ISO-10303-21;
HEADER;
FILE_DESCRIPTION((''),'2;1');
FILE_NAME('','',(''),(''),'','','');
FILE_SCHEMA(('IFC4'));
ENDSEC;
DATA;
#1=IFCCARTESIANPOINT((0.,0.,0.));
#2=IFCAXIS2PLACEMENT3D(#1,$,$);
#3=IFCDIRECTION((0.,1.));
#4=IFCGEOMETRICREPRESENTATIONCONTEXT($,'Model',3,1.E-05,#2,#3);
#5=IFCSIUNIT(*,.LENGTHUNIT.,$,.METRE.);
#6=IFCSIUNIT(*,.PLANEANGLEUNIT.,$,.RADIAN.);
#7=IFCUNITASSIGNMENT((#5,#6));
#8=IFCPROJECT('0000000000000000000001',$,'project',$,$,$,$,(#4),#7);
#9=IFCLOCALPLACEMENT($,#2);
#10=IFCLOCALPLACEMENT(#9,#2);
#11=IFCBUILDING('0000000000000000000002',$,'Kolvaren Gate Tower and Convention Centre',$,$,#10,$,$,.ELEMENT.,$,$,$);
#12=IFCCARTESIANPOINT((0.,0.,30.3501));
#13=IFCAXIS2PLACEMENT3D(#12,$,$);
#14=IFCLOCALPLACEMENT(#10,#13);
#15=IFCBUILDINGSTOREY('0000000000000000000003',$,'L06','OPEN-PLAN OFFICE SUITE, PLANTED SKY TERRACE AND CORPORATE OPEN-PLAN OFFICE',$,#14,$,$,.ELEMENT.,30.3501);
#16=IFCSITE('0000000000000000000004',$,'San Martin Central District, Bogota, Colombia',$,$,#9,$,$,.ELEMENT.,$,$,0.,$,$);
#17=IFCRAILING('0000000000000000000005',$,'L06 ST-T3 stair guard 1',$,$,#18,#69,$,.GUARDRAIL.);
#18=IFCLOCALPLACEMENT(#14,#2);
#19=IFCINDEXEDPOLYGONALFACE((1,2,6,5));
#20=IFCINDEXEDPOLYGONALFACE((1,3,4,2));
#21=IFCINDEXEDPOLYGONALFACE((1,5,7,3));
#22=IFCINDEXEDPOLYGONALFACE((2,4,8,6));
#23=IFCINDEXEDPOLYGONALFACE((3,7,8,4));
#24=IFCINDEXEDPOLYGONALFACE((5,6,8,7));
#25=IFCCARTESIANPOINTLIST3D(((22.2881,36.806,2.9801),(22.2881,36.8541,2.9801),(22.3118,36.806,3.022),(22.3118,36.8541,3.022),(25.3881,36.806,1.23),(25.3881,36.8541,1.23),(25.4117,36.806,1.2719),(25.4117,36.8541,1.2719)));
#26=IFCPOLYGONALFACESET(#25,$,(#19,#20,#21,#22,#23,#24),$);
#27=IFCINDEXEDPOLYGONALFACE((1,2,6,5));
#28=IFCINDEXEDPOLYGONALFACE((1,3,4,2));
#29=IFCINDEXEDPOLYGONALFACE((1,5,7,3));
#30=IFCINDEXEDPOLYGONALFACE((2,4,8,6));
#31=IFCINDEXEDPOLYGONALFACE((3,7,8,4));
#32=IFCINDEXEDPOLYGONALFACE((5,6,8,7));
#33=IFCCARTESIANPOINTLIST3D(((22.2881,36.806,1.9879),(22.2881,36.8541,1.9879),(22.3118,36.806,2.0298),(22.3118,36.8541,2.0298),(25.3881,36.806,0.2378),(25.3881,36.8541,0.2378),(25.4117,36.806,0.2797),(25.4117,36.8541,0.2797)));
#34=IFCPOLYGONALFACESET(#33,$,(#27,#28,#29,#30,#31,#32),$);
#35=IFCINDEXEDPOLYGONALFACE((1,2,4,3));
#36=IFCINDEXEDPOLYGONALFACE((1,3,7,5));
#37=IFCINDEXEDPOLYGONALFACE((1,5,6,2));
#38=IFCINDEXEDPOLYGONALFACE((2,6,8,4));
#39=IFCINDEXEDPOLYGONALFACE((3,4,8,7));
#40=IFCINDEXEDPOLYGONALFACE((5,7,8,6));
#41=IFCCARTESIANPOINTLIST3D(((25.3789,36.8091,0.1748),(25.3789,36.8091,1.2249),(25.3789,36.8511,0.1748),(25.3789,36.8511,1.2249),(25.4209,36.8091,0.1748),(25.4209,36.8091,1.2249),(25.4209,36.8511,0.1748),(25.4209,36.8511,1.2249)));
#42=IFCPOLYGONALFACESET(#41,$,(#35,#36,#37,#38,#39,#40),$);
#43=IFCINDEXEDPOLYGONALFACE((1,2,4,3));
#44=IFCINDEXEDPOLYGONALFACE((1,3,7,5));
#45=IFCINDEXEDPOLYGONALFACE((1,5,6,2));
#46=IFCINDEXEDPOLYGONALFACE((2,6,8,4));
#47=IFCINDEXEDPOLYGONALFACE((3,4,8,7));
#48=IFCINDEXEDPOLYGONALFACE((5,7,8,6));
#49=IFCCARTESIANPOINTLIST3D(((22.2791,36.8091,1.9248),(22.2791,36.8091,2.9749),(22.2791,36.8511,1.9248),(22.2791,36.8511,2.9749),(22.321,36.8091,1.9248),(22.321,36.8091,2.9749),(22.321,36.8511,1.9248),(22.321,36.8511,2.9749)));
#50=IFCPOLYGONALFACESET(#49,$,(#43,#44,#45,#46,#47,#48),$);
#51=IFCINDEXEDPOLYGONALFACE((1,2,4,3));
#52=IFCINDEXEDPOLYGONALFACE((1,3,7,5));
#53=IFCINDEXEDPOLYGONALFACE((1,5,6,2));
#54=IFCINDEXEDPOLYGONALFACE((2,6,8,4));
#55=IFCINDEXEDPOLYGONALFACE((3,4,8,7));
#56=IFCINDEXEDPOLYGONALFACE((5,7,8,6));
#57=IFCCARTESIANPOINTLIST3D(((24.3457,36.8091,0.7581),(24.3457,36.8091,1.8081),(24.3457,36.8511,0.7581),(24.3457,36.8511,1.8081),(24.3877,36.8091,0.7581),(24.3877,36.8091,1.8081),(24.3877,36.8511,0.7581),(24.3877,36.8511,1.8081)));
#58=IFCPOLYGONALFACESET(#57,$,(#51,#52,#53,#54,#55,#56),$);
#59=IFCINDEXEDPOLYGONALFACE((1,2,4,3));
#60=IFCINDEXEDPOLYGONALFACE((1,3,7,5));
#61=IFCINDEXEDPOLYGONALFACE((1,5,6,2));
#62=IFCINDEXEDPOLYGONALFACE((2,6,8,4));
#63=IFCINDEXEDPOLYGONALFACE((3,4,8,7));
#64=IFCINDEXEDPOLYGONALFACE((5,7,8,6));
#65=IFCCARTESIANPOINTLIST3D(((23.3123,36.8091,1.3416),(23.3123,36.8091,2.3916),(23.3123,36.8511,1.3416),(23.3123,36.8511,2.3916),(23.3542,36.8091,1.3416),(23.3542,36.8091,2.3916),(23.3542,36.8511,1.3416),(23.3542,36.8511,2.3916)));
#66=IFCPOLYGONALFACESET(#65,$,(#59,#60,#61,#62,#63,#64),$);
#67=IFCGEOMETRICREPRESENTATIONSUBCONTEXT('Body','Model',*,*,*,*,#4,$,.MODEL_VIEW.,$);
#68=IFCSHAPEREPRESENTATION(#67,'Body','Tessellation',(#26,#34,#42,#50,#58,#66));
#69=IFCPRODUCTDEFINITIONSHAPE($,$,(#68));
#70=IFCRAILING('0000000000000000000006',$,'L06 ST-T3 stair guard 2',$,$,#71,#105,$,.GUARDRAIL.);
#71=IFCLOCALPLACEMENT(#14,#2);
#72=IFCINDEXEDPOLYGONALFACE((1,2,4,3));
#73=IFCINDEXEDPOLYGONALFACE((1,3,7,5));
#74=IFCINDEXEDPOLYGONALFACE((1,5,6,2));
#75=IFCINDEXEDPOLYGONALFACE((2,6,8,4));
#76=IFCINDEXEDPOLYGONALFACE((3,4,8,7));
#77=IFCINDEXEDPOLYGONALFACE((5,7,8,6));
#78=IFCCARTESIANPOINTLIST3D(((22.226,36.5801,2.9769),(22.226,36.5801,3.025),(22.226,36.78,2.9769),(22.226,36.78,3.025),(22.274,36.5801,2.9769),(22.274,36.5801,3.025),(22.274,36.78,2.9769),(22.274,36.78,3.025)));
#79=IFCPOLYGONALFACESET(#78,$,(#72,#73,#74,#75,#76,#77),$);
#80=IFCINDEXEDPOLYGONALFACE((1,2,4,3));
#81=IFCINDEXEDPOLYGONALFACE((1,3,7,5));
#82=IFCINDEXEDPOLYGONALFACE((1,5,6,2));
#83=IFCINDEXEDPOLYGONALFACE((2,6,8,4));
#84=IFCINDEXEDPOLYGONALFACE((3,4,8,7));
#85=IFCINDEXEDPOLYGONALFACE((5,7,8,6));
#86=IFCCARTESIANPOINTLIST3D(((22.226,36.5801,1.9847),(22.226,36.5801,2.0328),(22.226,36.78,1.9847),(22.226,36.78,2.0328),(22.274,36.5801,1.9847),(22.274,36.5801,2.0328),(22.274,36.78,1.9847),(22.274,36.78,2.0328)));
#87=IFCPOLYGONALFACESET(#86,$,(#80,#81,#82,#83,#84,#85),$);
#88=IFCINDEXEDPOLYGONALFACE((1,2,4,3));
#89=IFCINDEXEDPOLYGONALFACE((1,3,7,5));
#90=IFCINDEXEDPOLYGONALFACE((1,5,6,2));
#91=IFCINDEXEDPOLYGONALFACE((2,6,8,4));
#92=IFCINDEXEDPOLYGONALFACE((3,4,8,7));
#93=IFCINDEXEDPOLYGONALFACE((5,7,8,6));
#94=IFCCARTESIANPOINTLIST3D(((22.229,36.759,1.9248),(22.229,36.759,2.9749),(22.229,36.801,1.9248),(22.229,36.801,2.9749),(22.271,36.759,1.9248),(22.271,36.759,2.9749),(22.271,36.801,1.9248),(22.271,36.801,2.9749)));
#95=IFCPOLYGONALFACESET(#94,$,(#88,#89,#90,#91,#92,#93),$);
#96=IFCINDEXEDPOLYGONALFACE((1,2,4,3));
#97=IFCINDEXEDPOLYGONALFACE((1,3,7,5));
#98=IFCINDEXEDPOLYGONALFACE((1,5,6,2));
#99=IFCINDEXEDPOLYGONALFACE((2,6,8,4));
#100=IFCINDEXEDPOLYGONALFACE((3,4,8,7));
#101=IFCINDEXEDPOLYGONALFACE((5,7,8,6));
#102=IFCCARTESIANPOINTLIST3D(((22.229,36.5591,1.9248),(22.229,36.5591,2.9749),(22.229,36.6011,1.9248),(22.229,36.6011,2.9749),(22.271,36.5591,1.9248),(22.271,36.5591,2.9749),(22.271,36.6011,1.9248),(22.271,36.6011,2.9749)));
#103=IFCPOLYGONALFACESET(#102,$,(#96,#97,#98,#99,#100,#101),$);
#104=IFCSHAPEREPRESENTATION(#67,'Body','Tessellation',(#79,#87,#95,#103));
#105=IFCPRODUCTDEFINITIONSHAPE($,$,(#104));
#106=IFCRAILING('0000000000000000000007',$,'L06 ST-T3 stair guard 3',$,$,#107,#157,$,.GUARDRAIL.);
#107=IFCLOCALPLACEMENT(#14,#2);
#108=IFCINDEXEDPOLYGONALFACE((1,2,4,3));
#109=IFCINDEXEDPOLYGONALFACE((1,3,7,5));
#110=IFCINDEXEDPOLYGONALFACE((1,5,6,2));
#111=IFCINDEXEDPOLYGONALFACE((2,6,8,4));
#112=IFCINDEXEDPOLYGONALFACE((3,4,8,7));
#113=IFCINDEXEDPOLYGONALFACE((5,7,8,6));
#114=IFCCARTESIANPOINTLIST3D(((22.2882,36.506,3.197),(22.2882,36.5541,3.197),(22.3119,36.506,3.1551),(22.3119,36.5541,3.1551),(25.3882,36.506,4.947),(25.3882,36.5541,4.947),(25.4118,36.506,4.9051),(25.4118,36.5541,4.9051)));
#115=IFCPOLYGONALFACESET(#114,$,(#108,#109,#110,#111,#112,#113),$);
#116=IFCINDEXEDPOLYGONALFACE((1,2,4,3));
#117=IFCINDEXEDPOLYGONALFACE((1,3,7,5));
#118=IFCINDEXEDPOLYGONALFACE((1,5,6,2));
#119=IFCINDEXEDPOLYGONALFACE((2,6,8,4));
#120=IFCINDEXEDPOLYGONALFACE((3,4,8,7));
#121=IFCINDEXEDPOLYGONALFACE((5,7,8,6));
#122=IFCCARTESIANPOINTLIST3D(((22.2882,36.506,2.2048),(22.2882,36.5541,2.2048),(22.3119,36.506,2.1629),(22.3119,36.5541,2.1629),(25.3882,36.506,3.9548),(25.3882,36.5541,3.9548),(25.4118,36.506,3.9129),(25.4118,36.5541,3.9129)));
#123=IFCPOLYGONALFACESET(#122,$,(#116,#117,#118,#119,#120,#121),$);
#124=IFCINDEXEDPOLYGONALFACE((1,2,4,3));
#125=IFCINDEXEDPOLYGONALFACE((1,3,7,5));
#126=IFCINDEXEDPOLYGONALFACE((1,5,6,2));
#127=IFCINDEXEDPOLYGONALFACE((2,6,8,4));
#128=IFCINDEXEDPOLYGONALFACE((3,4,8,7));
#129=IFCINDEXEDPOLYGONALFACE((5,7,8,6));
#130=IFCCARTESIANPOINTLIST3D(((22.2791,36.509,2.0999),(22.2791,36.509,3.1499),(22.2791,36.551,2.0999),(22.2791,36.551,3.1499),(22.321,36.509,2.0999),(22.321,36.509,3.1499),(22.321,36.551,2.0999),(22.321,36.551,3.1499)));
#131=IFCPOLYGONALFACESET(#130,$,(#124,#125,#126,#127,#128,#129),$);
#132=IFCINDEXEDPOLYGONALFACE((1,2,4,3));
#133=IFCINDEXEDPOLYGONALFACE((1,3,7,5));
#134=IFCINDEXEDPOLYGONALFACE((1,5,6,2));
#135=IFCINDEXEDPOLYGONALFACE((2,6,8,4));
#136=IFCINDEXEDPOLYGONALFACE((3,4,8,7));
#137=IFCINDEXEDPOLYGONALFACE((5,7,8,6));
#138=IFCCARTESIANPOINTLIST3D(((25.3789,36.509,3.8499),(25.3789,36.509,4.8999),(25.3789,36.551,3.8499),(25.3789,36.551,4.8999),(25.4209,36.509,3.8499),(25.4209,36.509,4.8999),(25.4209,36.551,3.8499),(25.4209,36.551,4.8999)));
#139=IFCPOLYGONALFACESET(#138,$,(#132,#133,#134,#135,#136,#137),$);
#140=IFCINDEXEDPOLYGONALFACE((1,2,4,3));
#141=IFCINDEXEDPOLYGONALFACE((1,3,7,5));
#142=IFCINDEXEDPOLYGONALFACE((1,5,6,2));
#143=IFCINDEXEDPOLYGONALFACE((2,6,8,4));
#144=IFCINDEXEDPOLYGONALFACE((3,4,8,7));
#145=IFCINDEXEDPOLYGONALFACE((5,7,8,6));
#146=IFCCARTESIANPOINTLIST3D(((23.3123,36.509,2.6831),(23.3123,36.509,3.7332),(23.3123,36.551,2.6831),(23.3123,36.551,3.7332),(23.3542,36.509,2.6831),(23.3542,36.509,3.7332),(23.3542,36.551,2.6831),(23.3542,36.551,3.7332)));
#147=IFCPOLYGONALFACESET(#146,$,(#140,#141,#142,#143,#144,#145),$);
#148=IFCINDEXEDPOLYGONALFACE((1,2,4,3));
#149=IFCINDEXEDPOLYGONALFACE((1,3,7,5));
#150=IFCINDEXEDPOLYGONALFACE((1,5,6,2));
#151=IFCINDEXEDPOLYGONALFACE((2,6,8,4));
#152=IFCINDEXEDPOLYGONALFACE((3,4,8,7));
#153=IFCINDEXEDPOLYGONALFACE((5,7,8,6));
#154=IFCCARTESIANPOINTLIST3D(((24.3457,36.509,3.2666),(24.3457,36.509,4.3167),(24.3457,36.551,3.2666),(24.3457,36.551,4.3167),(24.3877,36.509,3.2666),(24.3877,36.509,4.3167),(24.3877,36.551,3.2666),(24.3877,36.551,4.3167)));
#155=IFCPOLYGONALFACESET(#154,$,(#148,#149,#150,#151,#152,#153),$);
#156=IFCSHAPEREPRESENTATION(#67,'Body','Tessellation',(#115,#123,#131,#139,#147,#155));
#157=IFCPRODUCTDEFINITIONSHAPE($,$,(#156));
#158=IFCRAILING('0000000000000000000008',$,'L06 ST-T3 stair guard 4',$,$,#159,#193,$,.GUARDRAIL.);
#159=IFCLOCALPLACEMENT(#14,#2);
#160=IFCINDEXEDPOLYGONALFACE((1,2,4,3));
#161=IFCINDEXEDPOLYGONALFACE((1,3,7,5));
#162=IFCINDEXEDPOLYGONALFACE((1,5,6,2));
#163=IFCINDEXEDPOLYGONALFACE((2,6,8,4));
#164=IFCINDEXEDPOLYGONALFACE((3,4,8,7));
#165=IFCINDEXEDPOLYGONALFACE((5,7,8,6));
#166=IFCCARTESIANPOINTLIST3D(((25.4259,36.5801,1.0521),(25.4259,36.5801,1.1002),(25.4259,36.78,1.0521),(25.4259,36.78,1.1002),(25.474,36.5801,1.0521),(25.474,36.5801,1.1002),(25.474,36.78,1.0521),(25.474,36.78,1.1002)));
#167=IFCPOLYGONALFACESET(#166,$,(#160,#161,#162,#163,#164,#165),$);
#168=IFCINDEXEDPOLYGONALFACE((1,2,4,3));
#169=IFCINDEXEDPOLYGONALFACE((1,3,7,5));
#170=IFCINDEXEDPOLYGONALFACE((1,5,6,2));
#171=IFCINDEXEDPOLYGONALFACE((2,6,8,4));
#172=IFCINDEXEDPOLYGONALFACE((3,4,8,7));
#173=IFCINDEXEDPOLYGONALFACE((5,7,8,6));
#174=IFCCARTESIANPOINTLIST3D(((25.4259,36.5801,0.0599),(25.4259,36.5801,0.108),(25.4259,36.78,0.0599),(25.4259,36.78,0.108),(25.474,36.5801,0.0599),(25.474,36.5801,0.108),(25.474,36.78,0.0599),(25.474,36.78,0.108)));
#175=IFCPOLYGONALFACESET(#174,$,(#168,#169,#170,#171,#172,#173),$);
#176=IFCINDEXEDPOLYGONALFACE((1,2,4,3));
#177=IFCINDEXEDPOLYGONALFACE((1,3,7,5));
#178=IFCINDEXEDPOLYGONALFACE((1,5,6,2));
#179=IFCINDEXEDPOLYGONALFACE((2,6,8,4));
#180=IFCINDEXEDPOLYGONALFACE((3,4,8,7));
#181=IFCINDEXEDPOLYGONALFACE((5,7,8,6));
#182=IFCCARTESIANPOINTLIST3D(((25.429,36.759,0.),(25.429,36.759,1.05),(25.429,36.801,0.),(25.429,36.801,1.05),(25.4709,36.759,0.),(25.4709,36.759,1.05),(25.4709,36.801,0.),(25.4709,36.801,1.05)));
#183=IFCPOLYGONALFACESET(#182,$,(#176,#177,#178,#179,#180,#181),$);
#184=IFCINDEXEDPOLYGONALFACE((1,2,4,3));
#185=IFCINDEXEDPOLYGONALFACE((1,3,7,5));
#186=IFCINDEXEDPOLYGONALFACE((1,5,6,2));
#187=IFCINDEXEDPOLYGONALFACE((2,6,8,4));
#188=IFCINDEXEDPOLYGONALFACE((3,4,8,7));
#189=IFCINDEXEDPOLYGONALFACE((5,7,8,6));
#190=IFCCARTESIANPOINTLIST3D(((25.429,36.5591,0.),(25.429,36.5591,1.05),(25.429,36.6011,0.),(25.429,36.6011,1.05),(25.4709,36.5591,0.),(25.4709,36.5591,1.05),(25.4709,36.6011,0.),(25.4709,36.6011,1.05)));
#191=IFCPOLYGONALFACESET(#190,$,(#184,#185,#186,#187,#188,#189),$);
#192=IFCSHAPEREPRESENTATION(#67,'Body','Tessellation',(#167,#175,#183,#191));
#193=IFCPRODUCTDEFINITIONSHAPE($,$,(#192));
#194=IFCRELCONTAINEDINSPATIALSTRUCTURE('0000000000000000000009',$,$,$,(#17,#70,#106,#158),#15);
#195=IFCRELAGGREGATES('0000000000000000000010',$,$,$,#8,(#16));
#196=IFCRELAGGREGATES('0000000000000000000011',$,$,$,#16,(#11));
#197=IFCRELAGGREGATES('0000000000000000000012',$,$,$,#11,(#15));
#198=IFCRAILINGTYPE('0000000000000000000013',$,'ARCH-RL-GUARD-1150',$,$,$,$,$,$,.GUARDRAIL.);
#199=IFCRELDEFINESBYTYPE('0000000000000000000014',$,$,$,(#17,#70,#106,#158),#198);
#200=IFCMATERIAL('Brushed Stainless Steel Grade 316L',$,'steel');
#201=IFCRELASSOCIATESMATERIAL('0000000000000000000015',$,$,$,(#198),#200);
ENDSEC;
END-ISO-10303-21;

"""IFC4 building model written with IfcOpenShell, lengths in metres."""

from ifc_helpers import new_model, si_unit, direction, frame, origin, origin_2d, place, context, subcontext, project, spatial, rectangle, extrude, material, type_object, element, save


model = new_model("IFC4")

# Units and contexts
model_context = context("Model", 3, precision=1e-05, world=origin(), true_north=direction((0.0, 1.0)))
body_context = subcontext(model_context, "Body", "Model", "MODEL_VIEW")
ifc_project = project(units=[si_unit("LENGTHUNIT", "METRE"), si_unit("PLANEANGLEUNIT", "RADIAN")], contexts=[model_context])

# Site, building, storey
site_placement = place(None, origin())
site = spatial("IfcSite", under=ifc_project, at=site_placement, Name="San Martin Central District, Bogota, Colombia", CompositionType="ELEMENT", RefElevation=0.0)
building_placement = place(site_placement, origin())
building = spatial("IfcBuilding", under=site, at=building_placement, Name="Kolvaren Gate Tower and Convention Centre", CompositionType="ELEMENT")
storey_placement = place(building_placement, frame((0.0, 0.0, 30.3501)))
storey = spatial("IfcBuildingStorey", under=building, at=storey_placement, Name="L06", Description="OPEN-PLAN OFFICE SUITE, PLANTED SKY TERRACE AND CORPORATE OPEN-PLAN OFFICE", CompositionType="ELEMENT", Elevation=30.3501)

# Railings
ifc_material_1 = material(Name="Brushed Stainless Steel Grade 316L", Category="steel")
railing_type_1 = type_object("IfcRailingType", Name="ARCH-RL-GUARD-1150", PredefinedType="GUARDRAIL", material=ifc_material_1)
railing_1_placement = place(storey_placement, frame((25.3999, 36.8301, 0.1748)))
element("IfcRailing", 1, at=railing_1_placement, inside=storey, type_object=railing_type_1, Name="L06 ST-T3 stair guard 1", PredefinedType="GUARDRAIL", context=body_context, shape_type="SweptSolid", body=[
    extrude(rectangle(XDim=0.0481, YDim=0.0481, at=origin_2d()), frame((0.0, 0.0, 1.0762), z_axis=(-0.870814, 0.0, 0.491612), x_axis=(0.0, -1.0, 0.0)), (0.0, 0.0, 1.0), 3.5598),
    extrude(rectangle(XDim=0.0481, YDim=0.0481, at=origin_2d()), frame((0.0, 0.0, 0.084), z_axis=(-0.870814, 0.0, 0.491612), x_axis=(0.0, -1.0, 0.0)), (0.0, 0.0, 1.0), 3.5598),
    extrude(rectangle(XDim=0.042, YDim=0.042, at=origin_2d()), origin(), (0.0, 0.0, 1.0), 1.05),
    extrude(rectangle(XDim=0.042, YDim=0.042, at=origin_2d()), frame((-3.0999, 0.0, 1.75)), (0.0, 0.0, 1.0), 1.05),
    extrude(rectangle(XDim=0.042, YDim=0.042, at=origin_2d()), frame((-1.0332, 0.0, 0.5833)), (0.0, 0.0, 1.0), 1.05),
    extrude(rectangle(XDim=0.042, YDim=0.042, at=origin_2d()), frame((-2.0667, 0.0, 1.1667)), (0.0, 0.0, 1.0), 1.05),
])
railing_2_placement = place(storey_placement, frame((22.25, 36.78, 1.9248)))
element("IfcRailing", 2, at=railing_2_placement, inside=storey, type_object=railing_type_1, Name="L06 ST-T3 stair guard 2", PredefinedType="GUARDRAIL", context=body_context, shape_type="SweptSolid", body=[
    extrude(rectangle(XDim=0.0481, YDim=0.0481, at=origin_2d()), frame((0.0, 0.0, 1.0762), z_axis=(0.0, -1.0, 0.0), x_axis=(1.0, 0.0, 0.0)), (0.0, 0.0, 1.0), 0.2),
    extrude(rectangle(XDim=0.0481, YDim=0.0481, at=origin_2d()), frame((0.0, 0.0, 0.084), z_axis=(0.0, -1.0, 0.0), x_axis=(1.0, 0.0, 0.0)), (0.0, 0.0, 1.0), 0.2),
    extrude(rectangle(XDim=0.042, YDim=0.042, at=origin_2d()), origin(), (0.0, 0.0, 1.0), 1.05),
    extrude(rectangle(XDim=0.042, YDim=0.042, at=origin_2d()), frame((0.0, -0.2, 0.0)), (0.0, 0.0, 1.0), 1.05),
])
railing_3_placement = place(storey_placement, frame((22.3, 36.53, 2.0999)))
element("IfcRailing", 3, at=railing_3_placement, inside=storey, type_object=railing_type_1, Name="L06 ST-T3 stair guard 3", PredefinedType="GUARDRAIL", context=body_context, shape_type="SweptSolid", body=[
    extrude(rectangle(XDim=0.0481, YDim=0.0481, at=origin_2d()), frame((0.0, 0.0, 1.0762), z_axis=(0.870814, 0.0, 0.491612), x_axis=(0.0, 1.0, 0.0)), (0.0, 0.0, 1.0), 3.5598),
    extrude(rectangle(XDim=0.0481, YDim=0.0481, at=origin_2d()), frame((0.0, 0.0, 0.084), z_axis=(0.870814, 0.0, 0.491612), x_axis=(0.0, 1.0, 0.0)), (0.0, 0.0, 1.0), 3.5598),
    extrude(rectangle(XDim=0.042, YDim=0.042, at=origin_2d()), origin(), (0.0, 0.0, 1.0), 1.05),
    extrude(rectangle(XDim=0.042, YDim=0.042, at=origin_2d()), frame((3.0999, 0.0, 1.75)), (0.0, 0.0, 1.0), 1.05),
    extrude(rectangle(XDim=0.042, YDim=0.042, at=origin_2d()), frame((1.0332, 0.0, 0.5833)), (0.0, 0.0, 1.0), 1.05),
    extrude(rectangle(XDim=0.042, YDim=0.042, at=origin_2d()), frame((2.0667, 0.0, 1.1667)), (0.0, 0.0, 1.0), 1.05),
])
railing_4_placement = place(storey_placement, frame((25.45, 36.78, 0.0)))
element("IfcRailing", 4, at=railing_4_placement, inside=storey, type_object=railing_type_1, Name="L06 ST-T3 stair guard 4", PredefinedType="GUARDRAIL", context=body_context, shape_type="SweptSolid", body=[
    extrude(rectangle(XDim=0.0481, YDim=0.0481, at=origin_2d()), frame((0.0, 0.0, 1.0762), z_axis=(0.0, -1.0, 0.0), x_axis=(1.0, 0.0, 0.0)), (0.0, 0.0, 1.0), 0.2),
    extrude(rectangle(XDim=0.0481, YDim=0.0481, at=origin_2d()), frame((0.0, 0.0, 0.084), z_axis=(0.0, -1.0, 0.0), x_axis=(1.0, 0.0, 0.0)), (0.0, 0.0, 1.0), 0.2),
    extrude(rectangle(XDim=0.042, YDim=0.042, at=origin_2d()), origin(), (0.0, 0.0, 1.0), 1.05),
    extrude(rectangle(XDim=0.042, YDim=0.042, at=origin_2d()), frame((0.0, -0.2, 0.0)), (0.0, 0.0, 1.0), 1.05),
])

save(model, "model.ifc")
